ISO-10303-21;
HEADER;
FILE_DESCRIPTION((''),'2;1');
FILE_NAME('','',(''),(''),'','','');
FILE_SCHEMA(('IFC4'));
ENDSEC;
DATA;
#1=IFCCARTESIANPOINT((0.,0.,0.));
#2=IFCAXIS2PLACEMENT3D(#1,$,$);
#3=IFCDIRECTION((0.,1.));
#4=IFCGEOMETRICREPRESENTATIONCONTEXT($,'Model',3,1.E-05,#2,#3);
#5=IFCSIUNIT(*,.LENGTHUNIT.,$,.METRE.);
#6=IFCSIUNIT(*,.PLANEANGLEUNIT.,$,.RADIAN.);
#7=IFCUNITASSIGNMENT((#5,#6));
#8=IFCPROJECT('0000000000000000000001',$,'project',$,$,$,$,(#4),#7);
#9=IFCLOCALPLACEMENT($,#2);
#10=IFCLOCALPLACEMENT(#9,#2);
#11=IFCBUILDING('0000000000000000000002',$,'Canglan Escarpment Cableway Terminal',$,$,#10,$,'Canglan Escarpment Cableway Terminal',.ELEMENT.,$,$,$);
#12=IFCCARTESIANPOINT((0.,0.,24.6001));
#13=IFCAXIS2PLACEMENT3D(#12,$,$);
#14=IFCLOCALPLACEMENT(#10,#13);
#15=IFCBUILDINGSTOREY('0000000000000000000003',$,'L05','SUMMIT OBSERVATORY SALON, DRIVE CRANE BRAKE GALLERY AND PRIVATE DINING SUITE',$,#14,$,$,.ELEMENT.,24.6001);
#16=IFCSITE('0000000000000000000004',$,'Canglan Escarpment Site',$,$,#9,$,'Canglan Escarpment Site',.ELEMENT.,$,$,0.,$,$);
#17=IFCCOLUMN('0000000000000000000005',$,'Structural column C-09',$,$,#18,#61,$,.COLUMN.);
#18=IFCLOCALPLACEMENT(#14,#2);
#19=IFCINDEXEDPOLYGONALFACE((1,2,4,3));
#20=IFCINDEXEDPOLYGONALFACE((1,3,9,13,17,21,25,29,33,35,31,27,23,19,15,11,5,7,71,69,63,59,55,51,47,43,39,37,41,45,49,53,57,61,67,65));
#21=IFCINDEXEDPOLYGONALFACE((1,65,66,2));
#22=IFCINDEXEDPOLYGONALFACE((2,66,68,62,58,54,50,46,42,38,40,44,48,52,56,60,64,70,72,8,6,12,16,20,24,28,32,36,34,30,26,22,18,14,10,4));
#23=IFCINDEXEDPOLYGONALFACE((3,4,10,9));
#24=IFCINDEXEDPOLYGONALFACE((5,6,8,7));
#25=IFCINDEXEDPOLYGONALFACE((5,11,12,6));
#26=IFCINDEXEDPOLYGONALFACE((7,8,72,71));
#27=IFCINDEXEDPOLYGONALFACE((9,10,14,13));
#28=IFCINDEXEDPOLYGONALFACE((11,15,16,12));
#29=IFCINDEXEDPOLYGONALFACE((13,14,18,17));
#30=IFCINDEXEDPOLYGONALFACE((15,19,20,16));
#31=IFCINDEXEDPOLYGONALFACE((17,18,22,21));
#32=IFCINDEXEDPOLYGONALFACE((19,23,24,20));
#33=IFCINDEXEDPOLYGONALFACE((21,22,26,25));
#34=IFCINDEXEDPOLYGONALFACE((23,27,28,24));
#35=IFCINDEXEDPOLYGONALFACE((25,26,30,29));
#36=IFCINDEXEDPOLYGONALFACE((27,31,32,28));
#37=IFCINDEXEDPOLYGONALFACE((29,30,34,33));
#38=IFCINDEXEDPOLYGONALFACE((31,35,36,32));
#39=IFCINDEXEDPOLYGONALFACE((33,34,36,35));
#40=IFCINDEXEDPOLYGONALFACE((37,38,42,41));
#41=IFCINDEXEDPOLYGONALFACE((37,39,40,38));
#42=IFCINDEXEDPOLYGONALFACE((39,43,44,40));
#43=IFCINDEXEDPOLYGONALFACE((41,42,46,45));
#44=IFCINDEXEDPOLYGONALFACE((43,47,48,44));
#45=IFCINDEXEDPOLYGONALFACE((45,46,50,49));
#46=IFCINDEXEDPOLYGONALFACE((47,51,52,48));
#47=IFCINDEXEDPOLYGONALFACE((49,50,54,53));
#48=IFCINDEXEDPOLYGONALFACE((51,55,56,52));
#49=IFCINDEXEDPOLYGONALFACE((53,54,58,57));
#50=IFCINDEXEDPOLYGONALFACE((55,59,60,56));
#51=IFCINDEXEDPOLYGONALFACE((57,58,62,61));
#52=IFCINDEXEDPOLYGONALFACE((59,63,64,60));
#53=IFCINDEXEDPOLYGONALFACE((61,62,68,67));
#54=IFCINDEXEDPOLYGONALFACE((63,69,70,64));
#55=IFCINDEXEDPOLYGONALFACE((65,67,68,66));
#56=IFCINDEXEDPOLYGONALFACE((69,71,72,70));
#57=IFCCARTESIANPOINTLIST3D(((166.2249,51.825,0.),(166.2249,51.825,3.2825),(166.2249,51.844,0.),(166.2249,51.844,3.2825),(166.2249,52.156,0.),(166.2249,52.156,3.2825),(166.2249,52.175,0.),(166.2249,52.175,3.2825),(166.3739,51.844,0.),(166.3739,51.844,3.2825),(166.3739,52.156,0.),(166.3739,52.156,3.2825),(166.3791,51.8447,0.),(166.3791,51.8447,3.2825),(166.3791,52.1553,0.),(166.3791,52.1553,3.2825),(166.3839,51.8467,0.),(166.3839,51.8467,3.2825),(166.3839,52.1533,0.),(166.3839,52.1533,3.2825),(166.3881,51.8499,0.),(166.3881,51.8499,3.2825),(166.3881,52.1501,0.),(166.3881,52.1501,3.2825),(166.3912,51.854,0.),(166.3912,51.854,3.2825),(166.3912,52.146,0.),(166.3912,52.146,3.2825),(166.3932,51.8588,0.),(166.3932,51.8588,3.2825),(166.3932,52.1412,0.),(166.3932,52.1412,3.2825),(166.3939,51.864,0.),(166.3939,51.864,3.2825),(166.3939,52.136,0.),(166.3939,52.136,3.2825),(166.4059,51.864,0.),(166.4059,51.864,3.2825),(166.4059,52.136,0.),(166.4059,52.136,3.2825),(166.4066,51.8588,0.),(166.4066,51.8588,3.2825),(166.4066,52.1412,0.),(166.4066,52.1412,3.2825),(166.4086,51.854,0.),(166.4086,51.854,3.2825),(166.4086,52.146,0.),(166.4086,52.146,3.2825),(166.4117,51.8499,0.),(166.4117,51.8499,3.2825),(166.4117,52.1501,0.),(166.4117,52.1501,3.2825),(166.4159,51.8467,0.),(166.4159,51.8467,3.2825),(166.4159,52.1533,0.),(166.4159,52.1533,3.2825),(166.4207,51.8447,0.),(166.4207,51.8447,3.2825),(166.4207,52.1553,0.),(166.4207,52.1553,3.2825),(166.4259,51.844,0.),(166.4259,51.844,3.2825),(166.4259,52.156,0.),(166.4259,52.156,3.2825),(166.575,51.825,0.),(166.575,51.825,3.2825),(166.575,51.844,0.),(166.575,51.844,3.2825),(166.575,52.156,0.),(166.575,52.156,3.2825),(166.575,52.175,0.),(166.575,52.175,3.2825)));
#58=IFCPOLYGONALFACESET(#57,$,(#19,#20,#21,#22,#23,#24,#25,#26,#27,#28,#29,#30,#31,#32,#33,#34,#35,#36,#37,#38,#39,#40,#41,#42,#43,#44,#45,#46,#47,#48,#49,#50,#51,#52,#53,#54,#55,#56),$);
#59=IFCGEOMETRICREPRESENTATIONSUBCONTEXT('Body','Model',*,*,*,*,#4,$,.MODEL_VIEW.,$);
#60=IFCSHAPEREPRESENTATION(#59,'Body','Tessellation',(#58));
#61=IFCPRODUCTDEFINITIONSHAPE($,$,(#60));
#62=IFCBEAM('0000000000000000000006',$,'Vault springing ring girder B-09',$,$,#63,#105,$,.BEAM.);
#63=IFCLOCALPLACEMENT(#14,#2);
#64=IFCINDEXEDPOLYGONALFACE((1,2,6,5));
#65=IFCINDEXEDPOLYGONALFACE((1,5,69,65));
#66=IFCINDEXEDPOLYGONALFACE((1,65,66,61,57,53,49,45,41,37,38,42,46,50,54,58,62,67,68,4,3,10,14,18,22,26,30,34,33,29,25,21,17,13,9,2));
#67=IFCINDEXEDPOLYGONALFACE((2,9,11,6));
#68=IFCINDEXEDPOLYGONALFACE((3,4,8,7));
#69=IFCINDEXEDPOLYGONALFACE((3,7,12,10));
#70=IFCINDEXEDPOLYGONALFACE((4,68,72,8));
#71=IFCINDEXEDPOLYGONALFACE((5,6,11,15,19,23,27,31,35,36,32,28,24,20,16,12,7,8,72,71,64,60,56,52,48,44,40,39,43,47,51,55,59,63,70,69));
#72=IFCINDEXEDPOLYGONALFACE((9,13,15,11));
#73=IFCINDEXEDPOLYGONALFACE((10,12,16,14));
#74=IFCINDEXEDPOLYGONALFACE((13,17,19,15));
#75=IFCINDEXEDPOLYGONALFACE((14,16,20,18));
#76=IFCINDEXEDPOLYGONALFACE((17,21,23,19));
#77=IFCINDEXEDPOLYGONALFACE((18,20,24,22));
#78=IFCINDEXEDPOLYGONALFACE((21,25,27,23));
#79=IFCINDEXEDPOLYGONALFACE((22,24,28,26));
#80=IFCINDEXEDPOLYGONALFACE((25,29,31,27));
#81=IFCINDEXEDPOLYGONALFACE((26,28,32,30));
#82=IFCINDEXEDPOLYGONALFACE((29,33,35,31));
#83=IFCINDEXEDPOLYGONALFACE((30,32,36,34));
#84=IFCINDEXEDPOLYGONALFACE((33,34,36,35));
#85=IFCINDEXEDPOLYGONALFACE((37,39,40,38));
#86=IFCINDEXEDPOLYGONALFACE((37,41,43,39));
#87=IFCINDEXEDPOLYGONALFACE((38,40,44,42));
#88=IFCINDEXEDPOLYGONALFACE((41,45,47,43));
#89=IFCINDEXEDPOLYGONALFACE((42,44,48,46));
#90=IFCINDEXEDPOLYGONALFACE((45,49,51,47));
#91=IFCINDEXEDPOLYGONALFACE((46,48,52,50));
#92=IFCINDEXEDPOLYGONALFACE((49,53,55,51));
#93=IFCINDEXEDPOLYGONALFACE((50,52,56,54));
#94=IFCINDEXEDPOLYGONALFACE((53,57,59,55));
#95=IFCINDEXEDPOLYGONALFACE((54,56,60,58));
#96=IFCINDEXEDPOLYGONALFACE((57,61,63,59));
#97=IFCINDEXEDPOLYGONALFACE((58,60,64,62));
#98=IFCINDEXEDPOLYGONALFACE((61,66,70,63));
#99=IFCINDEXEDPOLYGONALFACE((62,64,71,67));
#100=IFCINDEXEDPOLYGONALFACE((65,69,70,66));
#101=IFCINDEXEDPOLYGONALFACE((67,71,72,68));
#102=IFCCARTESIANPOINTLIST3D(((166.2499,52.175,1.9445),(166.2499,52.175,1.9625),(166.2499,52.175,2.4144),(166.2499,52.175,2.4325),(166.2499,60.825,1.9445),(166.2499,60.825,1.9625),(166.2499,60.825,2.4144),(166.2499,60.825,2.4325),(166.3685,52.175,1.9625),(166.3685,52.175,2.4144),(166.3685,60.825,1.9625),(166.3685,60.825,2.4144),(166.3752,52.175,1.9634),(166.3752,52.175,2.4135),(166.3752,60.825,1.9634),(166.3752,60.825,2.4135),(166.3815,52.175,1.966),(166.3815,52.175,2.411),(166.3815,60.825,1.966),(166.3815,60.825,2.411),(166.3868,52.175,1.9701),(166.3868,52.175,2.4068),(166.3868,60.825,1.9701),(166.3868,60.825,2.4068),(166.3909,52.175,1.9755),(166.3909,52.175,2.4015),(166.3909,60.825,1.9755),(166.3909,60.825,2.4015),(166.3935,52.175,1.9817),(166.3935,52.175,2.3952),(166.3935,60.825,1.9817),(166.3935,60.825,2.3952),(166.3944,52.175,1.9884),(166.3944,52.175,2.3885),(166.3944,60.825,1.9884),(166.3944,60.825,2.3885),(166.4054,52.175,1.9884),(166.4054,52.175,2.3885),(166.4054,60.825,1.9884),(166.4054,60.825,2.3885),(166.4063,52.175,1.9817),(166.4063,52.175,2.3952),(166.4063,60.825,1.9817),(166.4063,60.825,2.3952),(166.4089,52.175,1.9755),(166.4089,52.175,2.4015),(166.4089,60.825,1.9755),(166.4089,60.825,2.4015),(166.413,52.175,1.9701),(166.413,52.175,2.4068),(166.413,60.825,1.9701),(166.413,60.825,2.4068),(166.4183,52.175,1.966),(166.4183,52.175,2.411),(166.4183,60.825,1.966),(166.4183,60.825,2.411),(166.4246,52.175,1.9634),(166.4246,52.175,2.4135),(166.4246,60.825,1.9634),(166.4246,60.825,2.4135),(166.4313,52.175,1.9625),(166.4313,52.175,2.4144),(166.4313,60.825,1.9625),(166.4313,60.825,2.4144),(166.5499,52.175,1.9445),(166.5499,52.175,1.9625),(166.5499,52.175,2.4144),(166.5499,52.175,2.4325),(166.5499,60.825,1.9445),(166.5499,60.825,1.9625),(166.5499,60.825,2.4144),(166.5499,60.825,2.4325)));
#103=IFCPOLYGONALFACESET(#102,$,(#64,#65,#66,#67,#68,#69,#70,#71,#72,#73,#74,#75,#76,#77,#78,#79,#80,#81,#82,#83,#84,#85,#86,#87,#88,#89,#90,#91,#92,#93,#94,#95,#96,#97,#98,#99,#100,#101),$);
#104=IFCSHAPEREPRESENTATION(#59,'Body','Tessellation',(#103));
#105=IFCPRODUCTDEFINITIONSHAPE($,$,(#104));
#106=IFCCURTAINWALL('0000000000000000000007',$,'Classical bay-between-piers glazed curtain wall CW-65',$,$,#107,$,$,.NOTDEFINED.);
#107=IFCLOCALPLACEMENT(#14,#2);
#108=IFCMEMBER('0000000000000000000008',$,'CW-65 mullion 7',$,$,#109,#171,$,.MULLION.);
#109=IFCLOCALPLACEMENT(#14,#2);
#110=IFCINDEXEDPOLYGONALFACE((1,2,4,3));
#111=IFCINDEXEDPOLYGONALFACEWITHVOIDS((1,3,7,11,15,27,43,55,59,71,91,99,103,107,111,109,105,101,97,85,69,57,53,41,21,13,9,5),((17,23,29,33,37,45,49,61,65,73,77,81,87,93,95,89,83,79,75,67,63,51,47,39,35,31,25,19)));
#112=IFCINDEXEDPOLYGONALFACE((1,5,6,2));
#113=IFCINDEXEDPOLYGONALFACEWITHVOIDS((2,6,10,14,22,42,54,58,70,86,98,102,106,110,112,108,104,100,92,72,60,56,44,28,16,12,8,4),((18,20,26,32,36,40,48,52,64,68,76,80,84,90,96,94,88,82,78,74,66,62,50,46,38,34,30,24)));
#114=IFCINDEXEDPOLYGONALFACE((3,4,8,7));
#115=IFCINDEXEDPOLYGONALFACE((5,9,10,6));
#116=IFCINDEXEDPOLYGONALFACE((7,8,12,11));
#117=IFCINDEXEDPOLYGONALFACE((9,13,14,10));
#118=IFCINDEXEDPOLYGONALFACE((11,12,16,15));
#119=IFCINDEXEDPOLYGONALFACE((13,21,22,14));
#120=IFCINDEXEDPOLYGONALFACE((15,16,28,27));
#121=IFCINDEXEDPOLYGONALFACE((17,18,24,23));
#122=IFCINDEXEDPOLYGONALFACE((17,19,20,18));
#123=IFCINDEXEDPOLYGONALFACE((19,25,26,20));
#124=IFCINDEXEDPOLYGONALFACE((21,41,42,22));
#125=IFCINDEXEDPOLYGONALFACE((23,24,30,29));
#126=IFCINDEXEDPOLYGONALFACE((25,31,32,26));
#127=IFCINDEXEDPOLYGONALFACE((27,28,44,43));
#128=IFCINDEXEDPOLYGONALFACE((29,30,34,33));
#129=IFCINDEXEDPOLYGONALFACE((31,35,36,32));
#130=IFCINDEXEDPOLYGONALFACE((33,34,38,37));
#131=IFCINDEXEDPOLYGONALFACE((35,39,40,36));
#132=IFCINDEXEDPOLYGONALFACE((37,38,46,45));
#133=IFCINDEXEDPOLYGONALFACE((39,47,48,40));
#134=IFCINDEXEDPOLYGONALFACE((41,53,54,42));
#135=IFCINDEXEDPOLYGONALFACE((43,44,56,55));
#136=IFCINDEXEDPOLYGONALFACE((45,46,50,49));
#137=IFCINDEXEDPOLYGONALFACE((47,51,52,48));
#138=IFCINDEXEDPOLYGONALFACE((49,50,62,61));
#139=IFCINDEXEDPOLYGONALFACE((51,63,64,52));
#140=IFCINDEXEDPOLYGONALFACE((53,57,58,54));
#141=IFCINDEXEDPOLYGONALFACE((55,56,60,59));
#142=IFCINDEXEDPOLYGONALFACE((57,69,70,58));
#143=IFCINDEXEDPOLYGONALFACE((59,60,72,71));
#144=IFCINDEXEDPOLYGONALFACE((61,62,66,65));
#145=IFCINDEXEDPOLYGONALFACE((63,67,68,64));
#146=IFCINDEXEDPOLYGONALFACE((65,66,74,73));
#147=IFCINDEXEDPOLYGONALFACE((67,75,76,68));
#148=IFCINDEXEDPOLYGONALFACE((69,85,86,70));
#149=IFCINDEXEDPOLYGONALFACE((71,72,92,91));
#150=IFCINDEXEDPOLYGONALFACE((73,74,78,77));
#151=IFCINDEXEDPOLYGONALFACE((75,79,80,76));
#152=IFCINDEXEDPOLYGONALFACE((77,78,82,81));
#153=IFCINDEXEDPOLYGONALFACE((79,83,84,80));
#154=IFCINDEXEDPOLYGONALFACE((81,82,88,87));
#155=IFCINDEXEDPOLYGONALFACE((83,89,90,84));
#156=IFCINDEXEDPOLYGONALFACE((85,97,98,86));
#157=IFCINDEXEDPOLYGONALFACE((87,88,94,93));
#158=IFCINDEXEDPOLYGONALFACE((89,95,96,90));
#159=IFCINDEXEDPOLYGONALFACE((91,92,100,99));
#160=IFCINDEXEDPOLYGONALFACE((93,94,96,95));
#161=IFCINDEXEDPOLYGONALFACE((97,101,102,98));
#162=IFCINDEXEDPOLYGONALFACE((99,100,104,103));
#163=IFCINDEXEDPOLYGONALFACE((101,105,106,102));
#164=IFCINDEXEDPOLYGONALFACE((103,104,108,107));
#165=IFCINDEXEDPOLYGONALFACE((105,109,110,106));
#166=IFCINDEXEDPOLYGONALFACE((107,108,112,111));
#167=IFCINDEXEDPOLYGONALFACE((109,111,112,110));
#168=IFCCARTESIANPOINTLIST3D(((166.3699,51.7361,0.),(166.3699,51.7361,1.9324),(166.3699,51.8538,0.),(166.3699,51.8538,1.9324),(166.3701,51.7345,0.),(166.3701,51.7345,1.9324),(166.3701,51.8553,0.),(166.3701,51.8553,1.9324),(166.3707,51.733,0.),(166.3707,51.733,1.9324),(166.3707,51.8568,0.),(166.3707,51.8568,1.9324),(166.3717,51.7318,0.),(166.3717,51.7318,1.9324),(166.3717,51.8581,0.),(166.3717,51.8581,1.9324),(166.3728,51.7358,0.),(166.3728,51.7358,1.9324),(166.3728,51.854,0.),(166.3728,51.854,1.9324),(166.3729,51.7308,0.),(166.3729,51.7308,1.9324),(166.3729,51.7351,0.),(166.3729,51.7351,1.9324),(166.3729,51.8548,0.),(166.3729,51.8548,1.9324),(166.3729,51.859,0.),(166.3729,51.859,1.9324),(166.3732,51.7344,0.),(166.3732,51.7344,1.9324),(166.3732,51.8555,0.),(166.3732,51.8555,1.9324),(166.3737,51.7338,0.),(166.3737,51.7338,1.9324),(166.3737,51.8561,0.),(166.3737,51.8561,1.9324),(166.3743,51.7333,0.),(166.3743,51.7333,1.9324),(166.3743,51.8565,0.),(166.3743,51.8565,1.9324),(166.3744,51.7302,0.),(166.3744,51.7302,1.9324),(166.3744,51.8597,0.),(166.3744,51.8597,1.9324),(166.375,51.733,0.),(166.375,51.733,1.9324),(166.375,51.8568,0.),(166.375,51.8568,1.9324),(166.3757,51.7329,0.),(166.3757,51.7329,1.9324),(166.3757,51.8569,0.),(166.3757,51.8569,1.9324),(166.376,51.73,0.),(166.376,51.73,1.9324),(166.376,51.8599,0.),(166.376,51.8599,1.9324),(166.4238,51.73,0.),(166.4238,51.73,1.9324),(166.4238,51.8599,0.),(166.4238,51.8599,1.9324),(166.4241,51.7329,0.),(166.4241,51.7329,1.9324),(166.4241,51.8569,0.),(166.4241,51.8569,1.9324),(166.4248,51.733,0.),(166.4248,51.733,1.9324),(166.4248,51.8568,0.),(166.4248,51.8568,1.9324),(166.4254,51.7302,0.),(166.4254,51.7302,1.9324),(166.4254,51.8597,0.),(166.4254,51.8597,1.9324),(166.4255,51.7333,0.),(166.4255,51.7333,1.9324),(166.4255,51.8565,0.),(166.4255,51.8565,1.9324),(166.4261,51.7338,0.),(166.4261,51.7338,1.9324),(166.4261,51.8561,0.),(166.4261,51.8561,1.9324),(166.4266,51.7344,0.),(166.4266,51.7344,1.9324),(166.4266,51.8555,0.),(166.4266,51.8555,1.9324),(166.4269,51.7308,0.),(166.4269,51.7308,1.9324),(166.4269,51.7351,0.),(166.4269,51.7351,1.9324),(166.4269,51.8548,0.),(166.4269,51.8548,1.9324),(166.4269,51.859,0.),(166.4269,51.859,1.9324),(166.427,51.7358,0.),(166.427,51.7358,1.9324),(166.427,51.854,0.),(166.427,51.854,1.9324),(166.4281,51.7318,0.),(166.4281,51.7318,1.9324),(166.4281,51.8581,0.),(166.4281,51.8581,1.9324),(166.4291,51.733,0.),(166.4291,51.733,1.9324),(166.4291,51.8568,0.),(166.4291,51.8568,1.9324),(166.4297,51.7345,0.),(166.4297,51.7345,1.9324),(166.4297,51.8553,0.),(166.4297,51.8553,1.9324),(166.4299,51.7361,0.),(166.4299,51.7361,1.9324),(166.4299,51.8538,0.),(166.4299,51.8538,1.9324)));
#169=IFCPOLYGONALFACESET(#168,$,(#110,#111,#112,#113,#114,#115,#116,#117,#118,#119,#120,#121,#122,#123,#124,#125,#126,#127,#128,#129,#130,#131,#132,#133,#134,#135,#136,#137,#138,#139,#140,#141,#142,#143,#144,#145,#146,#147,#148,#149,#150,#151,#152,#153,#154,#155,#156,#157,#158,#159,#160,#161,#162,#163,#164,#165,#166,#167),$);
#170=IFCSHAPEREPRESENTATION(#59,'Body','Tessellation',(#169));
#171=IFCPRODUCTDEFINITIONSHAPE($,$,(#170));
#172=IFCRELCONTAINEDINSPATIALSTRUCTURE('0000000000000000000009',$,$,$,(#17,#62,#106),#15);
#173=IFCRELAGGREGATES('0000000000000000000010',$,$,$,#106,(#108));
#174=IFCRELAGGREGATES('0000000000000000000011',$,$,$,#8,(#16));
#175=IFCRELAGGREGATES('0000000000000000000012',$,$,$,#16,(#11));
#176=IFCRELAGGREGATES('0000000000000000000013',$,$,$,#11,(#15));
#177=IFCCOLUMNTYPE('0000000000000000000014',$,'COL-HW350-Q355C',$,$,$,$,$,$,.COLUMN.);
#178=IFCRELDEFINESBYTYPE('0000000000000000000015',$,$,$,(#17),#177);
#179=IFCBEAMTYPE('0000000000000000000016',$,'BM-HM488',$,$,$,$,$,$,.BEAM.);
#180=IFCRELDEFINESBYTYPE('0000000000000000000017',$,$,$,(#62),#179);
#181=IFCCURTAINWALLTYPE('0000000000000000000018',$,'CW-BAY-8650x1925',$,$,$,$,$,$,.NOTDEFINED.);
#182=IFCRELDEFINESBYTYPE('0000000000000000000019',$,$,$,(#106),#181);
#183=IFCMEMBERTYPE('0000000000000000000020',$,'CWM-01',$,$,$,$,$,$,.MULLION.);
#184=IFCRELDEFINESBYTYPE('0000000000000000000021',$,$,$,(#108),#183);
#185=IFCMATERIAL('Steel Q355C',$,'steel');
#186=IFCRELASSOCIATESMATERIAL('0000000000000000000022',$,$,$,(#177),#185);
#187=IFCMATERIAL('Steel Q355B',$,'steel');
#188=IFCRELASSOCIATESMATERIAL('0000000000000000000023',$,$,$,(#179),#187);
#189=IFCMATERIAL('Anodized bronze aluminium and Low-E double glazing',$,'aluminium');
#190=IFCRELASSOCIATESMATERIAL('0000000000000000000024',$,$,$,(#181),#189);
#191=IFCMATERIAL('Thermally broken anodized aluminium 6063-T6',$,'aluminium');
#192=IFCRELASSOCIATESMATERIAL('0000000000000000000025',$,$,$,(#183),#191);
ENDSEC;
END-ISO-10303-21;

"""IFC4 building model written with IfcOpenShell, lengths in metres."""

from ifc_helpers import new_model, si_unit, direction, frame, origin, origin_2d, place, context, subcontext, project, spatial, hollow_rectangle, i_section, extrude, material, material_profile, profile_set, type_object, element, aggregate, save


model = new_model("IFC4")

# Units and contexts
model_context = context("Model", 3, precision=1e-05, world=origin(), true_north=direction((0.0, 1.0)))
body_context = subcontext(model_context, "Body", "Model", "MODEL_VIEW")
ifc_project = project(units=[si_unit("LENGTHUNIT", "METRE"), si_unit("PLANEANGLEUNIT", "RADIAN")], contexts=[model_context])

# Site, building, storey
site_placement = place(None, origin())
site = spatial("IfcSite", under=ifc_project, at=site_placement, Name="Canglan Escarpment Site", LongName="Canglan Escarpment Site", CompositionType="ELEMENT", RefElevation=0.0)
building_placement = place(site_placement, origin())
building = spatial("IfcBuilding", under=site, at=building_placement, Name="Canglan Escarpment Cableway Terminal", LongName="Canglan Escarpment Cableway Terminal", CompositionType="ELEMENT")
storey_placement = place(building_placement, frame((0.0, 0.0, 24.6001)))
storey = spatial("IfcBuildingStorey", under=building, at=storey_placement, Name="L05", Description="SUMMIT OBSERVATORY SALON, DRIVE CRANE BRAKE GALLERY AND PRIVATE DINING SUITE", CompositionType="ELEMENT", Elevation=24.6001)

# Column
ifc_material_1 = material(Name="Steel Q355C", Category="steel")
ifc_material_profile_1 = material_profile(ifc_material_1, i_section(OverallWidth=0.3501, OverallDepth=0.3501, WebThickness=0.012, FlangeThickness=0.019, FilletRadius=0.02, at=origin_2d()), Name="HW 350x350x12x19")
ifc_profile_set_1 = profile_set([ifc_material_profile_1], Name="Steel Q355C")
column_type = type_object("IfcColumnType", Name="COL-HW350-Q355C", PredefinedType="COLUMN", material=ifc_profile_set_1)
column_placement = place(storey_placement, frame((166.3999, 52.0, 0.0), z_axis=(0.0, 0.0, 1.0), x_axis=(1.0, 0.0, 0.0)))
element("IfcColumn", 1, at=column_placement, inside=storey, type_object=column_type, Name="Structural column C-09", PredefinedType="COLUMN", context=body_context, shape_type="SweptSolid", body=[
    extrude(i_section(OverallWidth=0.3501, OverallDepth=0.3501, WebThickness=0.012, FlangeThickness=0.019, FilletRadius=0.02, at=origin_2d()), origin(), (0.0, 0.0, 1.0), 3.2825),
])

# Beam
ifc_material_2 = material(Name="Steel Q355B", Category="steel")
ifc_material_profile_2 = material_profile(ifc_material_2, i_section(OverallWidth=0.3, OverallDepth=0.488, WebThickness=0.011, FlangeThickness=0.0181, FilletRadius=0.0259, at=origin_2d()), Name="HM 488x300x11x18")
ifc_profile_set_2 = profile_set([ifc_material_profile_2], Name="Steel Q355B")
beam_type = type_object("IfcBeamType", Name="BM-HM488", PredefinedType="BEAM", material=ifc_profile_set_2)
beam_placement = place(storey_placement, frame((166.3999, 52.175, 2.1885), z_axis=(0.0, 1.0, 0.0), x_axis=(-1.0, 0.0, 0.0)))
element("IfcBeam", 2, at=beam_placement, inside=storey, type_object=beam_type, Name="Vault springing ring girder B-09", PredefinedType="BEAM", context=body_context, shape_type="SweptSolid", body=[
    extrude(i_section(OverallWidth=0.3, OverallDepth=0.488, WebThickness=0.011, FlangeThickness=0.0181, FilletRadius=0.0259, at=origin_2d()), origin(), (0.0, 0.0, 1.0), 8.6499),
])

# Curtain wall, member
ifc_material_3 = material(Name="Anodized bronze aluminium and Low-E double glazing", Category="aluminium")
curtain_wall_type_1 = type_object("IfcCurtainWallType", Name="CW-BAY-8650x1925", PredefinedType="NOTDEFINED", material=ifc_material_3)
curtain_wall_1_placement = place(storey_placement, origin())
curtain_wall_1 = element("IfcCurtainWall", 3, at=curtain_wall_1_placement, inside=storey, type_object=curtain_wall_type_1, Name="Classical bay-between-piers glazed curtain wall CW-65", PredefinedType="NOTDEFINED")
ifc_material_4 = material(Name="Thermally broken anodized aluminium 6063-T6", Category="aluminium")
ifc_material_profile_3 = material_profile(ifc_material_4, hollow_rectangle(XDim=0.0601, YDim=0.1299, WallThickness=0.0029, InnerFilletRadius=0.0029, OuterFilletRadius=0.0061, at=origin_2d()), Name="ALU-MULL 60x130x3")
ifc_profile_set_3 = profile_set([ifc_material_profile_3], Name="Thermally broken anodized aluminium 6063-T6")
member_type_1 = type_object("IfcMemberType", Name="CWM-01", PredefinedType="MULLION", material=ifc_profile_set_3)
member_1_placement = place(storey_placement, frame((166.3999, 51.7949, 0.0), z_axis=(0.0, 0.0, 1.0), x_axis=(-1.0, 0.0, 0.0)))
member_1 = element("IfcMember", 4, at=member_1_placement, type_object=member_type_1, Name="CW-65 mullion 7", PredefinedType="MULLION", context=body_context, shape_type="SweptSolid", body=[
    extrude(hollow_rectangle(XDim=0.0601, YDim=0.1299, WallThickness=0.0029, InnerFilletRadius=0.0029, OuterFilletRadius=0.0061, at=origin_2d()), origin(), (0.0, 0.0, 1.0), 1.9324),
])

aggregate(curtain_wall_1, [member_1])

save(model, "model.ifc")
